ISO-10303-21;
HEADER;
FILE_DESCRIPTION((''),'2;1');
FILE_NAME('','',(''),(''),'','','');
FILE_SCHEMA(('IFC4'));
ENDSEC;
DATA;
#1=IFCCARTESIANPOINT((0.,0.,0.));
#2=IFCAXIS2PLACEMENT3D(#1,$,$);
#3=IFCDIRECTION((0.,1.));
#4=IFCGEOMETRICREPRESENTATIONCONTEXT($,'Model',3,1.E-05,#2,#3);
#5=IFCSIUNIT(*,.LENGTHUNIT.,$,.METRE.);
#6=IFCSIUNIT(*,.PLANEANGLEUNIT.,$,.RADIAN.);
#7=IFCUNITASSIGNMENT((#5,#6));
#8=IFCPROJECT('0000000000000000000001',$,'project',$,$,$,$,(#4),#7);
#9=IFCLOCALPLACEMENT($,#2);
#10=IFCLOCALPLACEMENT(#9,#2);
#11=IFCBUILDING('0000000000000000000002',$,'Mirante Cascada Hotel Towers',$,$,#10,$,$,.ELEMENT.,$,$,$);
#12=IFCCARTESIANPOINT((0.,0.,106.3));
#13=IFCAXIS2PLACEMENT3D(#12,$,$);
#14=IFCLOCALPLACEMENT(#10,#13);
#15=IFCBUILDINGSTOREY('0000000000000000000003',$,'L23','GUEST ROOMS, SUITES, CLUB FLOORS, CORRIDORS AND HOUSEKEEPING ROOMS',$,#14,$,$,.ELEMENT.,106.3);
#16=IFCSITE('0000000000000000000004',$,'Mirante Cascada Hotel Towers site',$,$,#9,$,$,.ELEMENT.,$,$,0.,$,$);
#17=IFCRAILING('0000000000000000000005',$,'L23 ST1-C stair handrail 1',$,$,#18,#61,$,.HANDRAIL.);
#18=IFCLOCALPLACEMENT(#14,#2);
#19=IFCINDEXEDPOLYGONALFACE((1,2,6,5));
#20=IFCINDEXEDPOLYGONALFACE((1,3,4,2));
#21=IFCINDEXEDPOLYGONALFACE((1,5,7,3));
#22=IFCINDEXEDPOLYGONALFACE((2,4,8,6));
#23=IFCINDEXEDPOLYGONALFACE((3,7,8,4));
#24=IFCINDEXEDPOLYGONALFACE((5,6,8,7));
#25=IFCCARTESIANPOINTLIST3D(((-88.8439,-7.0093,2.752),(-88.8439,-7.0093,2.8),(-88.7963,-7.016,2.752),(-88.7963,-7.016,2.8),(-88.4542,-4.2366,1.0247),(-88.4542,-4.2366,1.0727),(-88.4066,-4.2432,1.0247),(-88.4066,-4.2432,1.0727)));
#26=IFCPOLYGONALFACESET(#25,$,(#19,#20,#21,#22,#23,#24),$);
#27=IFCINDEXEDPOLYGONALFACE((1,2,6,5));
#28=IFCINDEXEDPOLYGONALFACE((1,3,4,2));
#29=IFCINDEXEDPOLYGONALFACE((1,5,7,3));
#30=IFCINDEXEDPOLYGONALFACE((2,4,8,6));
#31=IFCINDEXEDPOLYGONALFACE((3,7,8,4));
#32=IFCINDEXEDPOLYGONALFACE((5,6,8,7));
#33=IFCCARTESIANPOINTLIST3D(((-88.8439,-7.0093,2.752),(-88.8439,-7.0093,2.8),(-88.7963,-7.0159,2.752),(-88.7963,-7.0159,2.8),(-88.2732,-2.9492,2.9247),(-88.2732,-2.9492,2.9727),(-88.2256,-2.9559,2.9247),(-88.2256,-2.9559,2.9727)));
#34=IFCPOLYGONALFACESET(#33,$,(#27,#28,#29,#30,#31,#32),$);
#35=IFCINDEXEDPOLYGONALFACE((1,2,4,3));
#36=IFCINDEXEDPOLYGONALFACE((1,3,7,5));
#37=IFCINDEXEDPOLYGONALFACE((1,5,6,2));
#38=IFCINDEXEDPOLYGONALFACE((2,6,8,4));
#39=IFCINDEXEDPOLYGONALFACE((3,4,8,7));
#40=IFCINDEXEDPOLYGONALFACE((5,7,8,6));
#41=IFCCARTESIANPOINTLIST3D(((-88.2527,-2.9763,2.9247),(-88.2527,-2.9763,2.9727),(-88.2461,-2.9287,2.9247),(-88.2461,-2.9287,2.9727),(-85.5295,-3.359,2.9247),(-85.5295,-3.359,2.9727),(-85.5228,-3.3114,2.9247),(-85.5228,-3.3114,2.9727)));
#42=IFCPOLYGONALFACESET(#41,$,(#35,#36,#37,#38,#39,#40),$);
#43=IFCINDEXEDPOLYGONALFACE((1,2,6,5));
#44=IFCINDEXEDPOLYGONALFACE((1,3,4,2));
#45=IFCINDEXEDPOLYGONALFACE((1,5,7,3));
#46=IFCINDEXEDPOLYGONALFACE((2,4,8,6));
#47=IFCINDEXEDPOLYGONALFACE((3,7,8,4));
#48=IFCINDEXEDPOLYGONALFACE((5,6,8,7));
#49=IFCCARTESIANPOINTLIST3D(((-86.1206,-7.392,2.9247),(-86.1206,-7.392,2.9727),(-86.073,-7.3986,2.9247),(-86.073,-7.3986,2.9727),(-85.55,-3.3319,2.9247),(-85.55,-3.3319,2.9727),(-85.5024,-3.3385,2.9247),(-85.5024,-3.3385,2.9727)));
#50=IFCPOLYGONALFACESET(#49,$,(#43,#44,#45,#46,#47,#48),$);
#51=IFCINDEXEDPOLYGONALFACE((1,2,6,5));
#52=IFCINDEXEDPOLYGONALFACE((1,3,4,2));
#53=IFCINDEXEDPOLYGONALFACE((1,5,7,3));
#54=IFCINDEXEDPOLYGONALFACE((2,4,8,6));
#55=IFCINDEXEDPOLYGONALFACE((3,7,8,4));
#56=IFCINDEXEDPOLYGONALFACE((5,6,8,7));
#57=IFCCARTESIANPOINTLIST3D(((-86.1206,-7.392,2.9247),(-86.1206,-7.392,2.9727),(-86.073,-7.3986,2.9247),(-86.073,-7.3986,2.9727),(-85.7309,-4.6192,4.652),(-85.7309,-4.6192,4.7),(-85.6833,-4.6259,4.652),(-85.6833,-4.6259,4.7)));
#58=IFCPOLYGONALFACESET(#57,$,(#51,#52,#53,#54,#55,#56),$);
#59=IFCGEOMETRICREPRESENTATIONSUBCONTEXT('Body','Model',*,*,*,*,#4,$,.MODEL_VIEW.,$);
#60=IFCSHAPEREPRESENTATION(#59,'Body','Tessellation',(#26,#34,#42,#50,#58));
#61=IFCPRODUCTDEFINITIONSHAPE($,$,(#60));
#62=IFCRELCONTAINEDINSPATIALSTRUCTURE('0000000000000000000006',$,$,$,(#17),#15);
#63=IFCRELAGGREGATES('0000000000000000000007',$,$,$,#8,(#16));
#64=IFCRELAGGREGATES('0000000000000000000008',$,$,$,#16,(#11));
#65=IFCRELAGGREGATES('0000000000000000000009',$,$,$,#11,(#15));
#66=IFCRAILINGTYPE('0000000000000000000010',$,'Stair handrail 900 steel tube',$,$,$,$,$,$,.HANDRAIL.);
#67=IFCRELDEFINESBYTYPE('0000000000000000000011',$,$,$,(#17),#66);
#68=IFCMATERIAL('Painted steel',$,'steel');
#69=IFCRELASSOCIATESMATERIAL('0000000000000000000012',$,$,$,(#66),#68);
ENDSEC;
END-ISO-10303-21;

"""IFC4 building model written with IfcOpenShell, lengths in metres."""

from ifc_helpers import new_model, si_unit, direction, frame, origin, origin_2d, place, context, subcontext, project, spatial, rectangle, extrude, material, type_object, element, save


model = new_model("IFC4")

# Units and contexts
model_context = context("Model", 3, precision=1e-05, world=origin(), true_north=direction((0.0, 1.0)))
body_context = subcontext(model_context, "Body", "Model", "MODEL_VIEW")
ifc_project = project(units=[si_unit("LENGTHUNIT", "METRE"), si_unit("PLANEANGLEUNIT", "RADIAN")], contexts=[model_context])

# Site, building, storey
site_placement = place(None, origin())
site = spatial("IfcSite", under=ifc_project, at=site_placement, Name="Mirante Cascada Hotel Towers site", CompositionType="ELEMENT", RefElevation=0.0)
building_placement = place(site_placement, origin())
building = spatial("IfcBuilding", under=site, at=building_placement, Name="Mirante Cascada Hotel Towers", CompositionType="ELEMENT")
storey_placement = place(building_placement, frame((0.0, 0.0, 106.3)))
storey = spatial("IfcBuildingStorey", under=building, at=storey_placement, Name="L23", Description="GUEST ROOMS, SUITES, CLUB FLOORS, CORRIDORS AND HOUSEKEEPING ROOMS", CompositionType="ELEMENT", Elevation=106.3)

# Railing
ifc_material_1 = material(Name="Painted steel", Category="steel")
railing_type_1 = type_object("IfcRailingType", Name="Stair handrail 900 steel tube", PredefinedType="HANDRAIL", material=ifc_material_1)
railing_1_placement = place(storey_placement, frame((-88.4304, -4.2399, 0.1727)))
element("IfcRailing", 1, at=railing_1_placement, inside=storey, type_object=railing_type_1, Name="L23 ST1-C stair handrail 1", PredefinedType="HANDRAIL", context=body_context, shape_type="SweptSolid", body=[
    extrude(rectangle(XDim=0.048, YDim=0.048, at=origin_2d()), frame((0.0, 0.0, 0.876), z_axis=(-0.139181, -0.990267, 0.0), x_axis=(0.990267, -0.139181, 0.0)), (0.0, 0.525035, 0.851081), 3.2899),
    extrude(rectangle(XDim=0.048, YDim=0.048, at=origin_2d()), frame((-0.3897, -2.7727, 2.6033), z_axis=(0.139195, 0.990265, 0.0), x_axis=(-0.990265, 0.139195, 0.0)), (0.0, 0.042084, 0.999114), 4.1036),
    extrude(rectangle(XDim=0.048, YDim=0.048, at=origin_2d()), frame((0.181, 1.2874, 2.776), z_axis=(0.990269, -0.139166, 0.0), x_axis=(0.139166, 0.990269, 0.0)), (0.0, 0.0, 1.0), 2.75),
    extrude(rectangle(XDim=0.048, YDim=0.048, at=origin_2d()), frame((2.9042, 0.9047, 2.776), z_axis=(-0.139171, -0.990268, 0.0), x_axis=(0.990268, -0.139171, 0.0)), (0.0, 0.0, 1.0), 4.1),
    extrude(rectangle(XDim=0.048, YDim=0.048, at=origin_2d()), frame((2.3336, -3.1554, 2.776), z_axis=(0.139181, 0.990267, 0.0), x_axis=(-0.990267, 0.139181, 0.0)), (0.0, 0.525035, 0.851081), 3.2899),
])

save(model, "model.ifc")
